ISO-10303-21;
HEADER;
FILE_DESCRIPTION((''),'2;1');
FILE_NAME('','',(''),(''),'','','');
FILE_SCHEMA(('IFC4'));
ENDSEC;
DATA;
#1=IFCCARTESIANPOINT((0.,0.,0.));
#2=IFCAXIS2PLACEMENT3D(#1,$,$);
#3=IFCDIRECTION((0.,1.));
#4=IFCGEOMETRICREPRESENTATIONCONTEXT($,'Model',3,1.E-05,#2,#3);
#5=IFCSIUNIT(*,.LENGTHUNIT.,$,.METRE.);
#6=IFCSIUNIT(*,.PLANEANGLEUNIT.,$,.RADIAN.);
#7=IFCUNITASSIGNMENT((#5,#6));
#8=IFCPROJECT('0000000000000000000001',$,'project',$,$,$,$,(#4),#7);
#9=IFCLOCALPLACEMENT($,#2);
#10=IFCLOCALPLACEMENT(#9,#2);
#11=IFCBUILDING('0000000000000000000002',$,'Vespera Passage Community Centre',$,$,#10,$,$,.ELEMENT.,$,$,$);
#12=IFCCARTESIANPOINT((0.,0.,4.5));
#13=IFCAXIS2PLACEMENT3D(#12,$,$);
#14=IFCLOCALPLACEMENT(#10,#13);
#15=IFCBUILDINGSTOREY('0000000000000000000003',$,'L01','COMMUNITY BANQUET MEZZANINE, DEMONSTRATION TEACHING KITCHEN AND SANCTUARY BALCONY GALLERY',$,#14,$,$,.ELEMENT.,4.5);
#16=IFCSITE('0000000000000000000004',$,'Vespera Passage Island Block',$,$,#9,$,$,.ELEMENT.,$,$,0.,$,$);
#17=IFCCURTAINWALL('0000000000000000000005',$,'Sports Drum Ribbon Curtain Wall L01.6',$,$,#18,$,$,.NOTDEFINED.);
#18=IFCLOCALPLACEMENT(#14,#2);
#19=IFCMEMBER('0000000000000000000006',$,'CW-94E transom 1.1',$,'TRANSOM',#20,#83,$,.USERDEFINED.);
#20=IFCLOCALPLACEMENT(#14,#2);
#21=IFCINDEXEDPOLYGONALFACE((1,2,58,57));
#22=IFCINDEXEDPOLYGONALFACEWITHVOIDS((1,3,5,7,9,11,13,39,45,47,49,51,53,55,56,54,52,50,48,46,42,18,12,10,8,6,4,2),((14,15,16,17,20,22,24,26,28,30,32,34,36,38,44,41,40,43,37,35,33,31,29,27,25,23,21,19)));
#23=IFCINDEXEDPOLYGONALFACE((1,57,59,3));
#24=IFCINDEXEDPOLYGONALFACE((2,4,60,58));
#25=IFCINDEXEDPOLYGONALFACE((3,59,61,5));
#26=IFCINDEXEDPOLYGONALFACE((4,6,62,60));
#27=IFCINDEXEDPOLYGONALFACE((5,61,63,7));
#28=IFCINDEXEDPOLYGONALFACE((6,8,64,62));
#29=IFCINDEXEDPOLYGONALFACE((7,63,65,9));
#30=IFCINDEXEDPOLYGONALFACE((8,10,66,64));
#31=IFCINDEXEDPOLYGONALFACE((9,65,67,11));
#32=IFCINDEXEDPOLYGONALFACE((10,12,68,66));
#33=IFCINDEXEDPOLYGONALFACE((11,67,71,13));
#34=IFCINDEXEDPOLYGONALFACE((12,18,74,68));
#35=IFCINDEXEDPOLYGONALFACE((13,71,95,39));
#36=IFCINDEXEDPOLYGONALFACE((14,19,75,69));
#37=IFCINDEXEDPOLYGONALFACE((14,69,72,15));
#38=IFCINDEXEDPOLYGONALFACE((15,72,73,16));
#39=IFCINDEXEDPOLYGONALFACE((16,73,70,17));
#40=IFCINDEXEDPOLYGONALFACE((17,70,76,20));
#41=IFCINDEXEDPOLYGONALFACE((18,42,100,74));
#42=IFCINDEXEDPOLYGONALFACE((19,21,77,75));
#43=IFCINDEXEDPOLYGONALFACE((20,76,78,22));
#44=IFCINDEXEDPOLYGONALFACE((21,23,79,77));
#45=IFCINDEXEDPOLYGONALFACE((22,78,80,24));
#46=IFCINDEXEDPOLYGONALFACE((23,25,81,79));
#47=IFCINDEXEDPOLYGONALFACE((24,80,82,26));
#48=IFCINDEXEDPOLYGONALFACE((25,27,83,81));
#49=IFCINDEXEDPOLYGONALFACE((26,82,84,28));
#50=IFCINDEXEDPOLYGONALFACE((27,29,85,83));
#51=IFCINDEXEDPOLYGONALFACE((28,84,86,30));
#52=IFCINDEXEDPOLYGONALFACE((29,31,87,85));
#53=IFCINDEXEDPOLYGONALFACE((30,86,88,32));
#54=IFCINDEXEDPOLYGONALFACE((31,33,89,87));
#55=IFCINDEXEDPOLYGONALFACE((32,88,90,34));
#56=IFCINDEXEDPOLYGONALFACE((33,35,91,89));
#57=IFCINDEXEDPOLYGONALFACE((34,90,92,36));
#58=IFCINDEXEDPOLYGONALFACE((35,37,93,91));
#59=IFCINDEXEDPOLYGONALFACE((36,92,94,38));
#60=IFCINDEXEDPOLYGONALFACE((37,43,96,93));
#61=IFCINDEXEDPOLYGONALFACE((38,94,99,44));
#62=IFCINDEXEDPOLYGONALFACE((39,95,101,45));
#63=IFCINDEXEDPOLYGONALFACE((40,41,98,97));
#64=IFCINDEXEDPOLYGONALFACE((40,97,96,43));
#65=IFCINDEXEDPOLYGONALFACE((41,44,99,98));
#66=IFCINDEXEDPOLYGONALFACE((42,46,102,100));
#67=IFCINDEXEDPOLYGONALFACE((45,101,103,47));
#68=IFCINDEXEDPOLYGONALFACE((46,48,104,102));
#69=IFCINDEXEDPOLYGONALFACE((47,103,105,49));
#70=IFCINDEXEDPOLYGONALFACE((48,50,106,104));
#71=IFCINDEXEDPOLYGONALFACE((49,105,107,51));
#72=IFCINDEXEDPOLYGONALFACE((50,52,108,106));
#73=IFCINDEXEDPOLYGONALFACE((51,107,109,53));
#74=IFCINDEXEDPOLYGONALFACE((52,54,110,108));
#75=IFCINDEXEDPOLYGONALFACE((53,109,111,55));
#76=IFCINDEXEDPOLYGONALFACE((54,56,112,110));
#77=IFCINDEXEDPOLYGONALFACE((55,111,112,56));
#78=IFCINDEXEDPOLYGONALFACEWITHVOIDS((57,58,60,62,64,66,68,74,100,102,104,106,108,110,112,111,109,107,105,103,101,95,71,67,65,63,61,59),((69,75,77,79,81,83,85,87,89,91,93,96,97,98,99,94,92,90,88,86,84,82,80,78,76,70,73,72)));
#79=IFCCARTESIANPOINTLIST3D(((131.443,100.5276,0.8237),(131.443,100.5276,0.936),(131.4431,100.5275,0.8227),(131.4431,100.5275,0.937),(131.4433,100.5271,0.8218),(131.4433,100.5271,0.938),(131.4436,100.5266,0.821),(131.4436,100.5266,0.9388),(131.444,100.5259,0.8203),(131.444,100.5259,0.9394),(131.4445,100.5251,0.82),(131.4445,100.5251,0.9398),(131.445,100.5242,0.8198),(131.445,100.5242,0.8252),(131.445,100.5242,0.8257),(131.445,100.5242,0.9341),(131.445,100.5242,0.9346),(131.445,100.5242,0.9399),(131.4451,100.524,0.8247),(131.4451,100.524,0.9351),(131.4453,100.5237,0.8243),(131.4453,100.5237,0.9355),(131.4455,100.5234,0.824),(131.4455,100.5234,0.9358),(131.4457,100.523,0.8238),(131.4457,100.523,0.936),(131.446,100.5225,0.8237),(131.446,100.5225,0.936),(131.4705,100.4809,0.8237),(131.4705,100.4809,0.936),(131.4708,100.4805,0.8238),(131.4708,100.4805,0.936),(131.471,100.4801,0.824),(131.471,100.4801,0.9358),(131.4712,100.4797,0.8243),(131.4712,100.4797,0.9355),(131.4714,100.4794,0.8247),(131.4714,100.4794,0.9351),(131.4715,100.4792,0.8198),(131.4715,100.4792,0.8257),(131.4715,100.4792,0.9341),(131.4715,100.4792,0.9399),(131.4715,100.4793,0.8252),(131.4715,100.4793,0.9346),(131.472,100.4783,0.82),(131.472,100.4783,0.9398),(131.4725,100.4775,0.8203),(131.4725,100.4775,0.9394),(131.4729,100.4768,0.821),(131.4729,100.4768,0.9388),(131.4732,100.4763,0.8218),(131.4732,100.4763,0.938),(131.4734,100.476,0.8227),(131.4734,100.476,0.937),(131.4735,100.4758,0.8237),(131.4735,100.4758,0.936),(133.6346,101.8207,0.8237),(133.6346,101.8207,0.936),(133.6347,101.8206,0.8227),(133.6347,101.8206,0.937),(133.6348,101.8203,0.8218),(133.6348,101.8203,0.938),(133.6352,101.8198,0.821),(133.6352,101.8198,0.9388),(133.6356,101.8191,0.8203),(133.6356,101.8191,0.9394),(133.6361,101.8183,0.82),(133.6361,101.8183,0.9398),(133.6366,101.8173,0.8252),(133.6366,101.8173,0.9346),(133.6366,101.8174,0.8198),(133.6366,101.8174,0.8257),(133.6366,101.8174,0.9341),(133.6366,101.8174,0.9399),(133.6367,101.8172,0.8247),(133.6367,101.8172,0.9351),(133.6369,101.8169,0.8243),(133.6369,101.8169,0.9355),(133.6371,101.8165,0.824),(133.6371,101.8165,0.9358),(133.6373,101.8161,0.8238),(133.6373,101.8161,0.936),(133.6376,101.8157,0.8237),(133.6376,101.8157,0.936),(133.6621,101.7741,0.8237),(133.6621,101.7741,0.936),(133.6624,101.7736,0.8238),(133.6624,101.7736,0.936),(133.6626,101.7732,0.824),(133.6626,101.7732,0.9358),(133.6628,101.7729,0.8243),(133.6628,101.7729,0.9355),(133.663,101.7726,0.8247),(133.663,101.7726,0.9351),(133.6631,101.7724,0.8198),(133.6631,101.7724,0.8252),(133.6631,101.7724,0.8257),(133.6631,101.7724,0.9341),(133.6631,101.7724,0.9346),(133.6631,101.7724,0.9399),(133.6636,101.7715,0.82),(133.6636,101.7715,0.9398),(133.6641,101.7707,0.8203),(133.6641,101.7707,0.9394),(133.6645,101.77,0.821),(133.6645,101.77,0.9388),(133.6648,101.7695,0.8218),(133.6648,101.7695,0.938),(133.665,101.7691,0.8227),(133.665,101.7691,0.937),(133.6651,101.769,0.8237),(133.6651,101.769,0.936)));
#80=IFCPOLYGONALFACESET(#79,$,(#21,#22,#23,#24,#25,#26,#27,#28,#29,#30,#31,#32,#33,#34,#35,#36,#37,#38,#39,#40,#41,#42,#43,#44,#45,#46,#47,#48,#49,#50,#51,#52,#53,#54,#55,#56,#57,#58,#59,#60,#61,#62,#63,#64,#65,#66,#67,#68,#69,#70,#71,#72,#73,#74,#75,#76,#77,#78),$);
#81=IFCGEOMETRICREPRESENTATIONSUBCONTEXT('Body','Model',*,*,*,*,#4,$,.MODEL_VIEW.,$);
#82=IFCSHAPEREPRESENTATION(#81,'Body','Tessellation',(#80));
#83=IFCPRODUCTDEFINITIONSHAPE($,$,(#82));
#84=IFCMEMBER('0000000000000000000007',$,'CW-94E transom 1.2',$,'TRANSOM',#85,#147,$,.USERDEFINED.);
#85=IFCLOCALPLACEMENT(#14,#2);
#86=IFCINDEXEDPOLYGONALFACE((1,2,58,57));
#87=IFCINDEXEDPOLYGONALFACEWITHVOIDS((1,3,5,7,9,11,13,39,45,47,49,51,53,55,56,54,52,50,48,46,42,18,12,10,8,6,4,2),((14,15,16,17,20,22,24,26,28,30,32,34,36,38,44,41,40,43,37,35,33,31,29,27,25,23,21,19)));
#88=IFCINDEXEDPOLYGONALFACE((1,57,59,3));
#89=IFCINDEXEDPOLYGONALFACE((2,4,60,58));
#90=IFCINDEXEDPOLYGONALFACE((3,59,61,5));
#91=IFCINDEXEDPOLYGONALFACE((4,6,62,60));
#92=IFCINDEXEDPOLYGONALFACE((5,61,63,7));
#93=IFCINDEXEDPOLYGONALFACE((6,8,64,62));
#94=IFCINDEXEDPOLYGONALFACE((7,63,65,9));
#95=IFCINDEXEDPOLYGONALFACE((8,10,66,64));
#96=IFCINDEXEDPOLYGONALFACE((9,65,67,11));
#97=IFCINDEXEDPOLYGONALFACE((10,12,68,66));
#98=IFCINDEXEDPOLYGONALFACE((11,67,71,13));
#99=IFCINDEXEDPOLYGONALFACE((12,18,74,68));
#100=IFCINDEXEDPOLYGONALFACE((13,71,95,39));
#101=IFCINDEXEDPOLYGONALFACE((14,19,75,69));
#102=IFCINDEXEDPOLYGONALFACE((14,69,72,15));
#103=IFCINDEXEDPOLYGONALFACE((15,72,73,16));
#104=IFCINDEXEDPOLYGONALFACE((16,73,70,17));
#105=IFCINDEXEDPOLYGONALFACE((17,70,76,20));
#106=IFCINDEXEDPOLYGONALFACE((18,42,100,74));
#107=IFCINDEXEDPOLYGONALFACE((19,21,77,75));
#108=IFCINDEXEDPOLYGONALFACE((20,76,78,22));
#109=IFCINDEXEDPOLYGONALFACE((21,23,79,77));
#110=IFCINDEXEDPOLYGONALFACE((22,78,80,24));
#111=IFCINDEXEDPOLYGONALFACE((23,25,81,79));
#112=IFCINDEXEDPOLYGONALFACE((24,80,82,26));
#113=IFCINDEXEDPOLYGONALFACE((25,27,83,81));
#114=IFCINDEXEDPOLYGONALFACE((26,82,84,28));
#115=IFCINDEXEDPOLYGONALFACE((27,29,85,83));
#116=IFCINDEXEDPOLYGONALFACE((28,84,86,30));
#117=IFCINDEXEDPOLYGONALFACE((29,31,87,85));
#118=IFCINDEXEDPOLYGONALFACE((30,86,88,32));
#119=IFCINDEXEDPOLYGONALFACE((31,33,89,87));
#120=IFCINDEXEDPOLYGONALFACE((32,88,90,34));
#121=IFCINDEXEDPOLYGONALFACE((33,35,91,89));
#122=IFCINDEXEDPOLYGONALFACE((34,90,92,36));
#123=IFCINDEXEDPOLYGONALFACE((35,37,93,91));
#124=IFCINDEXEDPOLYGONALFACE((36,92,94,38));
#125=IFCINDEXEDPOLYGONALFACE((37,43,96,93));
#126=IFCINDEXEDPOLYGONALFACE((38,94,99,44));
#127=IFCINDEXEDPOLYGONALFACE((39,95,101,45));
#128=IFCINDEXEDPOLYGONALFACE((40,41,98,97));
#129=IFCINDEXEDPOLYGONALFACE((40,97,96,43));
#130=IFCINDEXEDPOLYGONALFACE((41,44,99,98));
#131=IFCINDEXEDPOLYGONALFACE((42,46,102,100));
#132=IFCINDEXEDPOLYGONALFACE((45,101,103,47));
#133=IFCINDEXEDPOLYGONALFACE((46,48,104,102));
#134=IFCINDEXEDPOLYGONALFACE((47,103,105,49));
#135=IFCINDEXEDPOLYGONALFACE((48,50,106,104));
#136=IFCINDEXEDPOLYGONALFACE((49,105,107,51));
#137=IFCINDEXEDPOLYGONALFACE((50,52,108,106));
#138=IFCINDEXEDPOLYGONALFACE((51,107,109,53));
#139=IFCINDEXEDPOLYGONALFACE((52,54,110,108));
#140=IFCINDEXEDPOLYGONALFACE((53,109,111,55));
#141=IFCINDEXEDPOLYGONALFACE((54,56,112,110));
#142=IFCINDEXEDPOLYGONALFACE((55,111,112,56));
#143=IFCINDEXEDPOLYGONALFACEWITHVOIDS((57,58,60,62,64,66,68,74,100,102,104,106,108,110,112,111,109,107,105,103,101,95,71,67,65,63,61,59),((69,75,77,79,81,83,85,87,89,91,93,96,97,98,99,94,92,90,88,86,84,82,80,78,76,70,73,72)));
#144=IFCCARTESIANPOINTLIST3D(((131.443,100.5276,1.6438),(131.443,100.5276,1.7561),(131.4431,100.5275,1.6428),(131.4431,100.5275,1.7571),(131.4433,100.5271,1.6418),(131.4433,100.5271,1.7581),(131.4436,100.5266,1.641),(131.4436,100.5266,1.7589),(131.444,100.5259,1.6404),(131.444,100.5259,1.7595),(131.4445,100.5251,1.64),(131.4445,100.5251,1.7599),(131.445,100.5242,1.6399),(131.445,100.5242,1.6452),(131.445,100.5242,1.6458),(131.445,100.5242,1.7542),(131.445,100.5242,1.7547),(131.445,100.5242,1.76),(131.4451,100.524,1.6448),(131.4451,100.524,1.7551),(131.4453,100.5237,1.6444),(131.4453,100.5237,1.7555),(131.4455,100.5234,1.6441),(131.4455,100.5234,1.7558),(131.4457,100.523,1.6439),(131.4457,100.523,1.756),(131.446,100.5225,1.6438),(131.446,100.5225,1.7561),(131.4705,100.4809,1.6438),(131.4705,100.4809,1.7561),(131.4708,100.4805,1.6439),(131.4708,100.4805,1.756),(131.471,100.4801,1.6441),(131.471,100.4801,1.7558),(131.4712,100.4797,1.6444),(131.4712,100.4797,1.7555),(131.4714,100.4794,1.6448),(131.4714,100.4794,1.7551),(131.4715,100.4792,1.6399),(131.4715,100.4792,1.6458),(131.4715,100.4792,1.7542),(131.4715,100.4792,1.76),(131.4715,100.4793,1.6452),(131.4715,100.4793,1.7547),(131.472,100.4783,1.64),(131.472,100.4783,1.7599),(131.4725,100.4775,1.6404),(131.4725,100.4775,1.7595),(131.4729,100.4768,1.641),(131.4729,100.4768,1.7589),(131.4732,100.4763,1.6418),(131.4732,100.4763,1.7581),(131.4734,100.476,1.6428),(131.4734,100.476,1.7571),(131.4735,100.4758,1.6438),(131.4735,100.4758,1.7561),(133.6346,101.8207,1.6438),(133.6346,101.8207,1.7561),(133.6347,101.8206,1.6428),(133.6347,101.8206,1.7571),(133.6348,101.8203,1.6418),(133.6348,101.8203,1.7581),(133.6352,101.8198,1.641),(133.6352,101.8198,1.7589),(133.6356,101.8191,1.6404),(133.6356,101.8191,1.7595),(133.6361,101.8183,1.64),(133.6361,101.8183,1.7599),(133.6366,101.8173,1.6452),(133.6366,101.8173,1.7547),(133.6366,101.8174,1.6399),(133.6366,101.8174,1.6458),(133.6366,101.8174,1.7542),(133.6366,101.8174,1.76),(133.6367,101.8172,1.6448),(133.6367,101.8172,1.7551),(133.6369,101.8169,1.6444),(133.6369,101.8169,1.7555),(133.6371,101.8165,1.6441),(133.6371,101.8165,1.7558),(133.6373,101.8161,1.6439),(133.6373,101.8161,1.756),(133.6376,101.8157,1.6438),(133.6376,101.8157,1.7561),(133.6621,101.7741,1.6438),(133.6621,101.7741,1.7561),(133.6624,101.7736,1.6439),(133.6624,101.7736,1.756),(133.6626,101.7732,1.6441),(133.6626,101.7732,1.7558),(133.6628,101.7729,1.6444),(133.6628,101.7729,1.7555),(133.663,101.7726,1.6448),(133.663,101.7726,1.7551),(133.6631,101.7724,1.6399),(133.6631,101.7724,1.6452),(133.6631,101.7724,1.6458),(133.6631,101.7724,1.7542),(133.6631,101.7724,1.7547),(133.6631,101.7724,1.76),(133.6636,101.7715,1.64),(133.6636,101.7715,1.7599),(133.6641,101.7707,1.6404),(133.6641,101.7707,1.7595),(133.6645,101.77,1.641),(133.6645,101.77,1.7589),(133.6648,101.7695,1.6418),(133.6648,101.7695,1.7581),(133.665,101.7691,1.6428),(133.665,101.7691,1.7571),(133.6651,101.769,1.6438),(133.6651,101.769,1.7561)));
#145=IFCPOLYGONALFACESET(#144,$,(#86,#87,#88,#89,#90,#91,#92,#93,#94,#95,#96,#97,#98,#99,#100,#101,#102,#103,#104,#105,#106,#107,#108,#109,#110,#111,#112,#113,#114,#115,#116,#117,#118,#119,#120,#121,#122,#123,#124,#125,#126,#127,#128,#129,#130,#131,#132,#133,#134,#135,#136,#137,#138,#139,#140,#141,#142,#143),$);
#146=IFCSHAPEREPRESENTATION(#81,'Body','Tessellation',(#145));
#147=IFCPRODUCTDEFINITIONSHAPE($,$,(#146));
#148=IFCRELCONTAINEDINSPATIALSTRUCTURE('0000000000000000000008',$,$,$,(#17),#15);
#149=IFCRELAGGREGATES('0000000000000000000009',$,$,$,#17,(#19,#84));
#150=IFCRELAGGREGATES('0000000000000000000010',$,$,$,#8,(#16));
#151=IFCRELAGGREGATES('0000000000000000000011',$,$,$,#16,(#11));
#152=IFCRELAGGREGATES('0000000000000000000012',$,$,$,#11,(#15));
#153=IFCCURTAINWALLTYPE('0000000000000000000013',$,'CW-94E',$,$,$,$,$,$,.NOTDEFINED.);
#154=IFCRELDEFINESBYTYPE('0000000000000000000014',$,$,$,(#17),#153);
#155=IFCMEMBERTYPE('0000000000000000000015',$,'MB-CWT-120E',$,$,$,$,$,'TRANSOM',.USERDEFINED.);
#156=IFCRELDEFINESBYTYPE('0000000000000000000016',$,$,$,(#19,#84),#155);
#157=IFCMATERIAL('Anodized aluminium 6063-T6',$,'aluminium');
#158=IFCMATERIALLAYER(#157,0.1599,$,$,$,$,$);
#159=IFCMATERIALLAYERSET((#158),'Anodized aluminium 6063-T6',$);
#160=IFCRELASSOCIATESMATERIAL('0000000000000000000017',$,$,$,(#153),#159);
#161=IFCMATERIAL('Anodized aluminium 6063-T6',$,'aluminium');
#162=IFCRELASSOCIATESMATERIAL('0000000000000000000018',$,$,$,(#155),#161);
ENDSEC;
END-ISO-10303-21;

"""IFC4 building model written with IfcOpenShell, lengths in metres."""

from ifc_helpers import new_model, si_unit, direction, frame, origin, origin_2d, place, context, subcontext, project, spatial, hollow_rectangle, extrude, material, layer, layer_set, material_profile, profile_set, type_object, element, aggregate, save


model = new_model("IFC4")

# Units and contexts
model_context = context("Model", 3, precision=1e-05, world=origin(), true_north=direction((0.0, 1.0)))
body_context = subcontext(model_context, "Body", "Model", "MODEL_VIEW")
ifc_project = project(units=[si_unit("LENGTHUNIT", "METRE"), si_unit("PLANEANGLEUNIT", "RADIAN")], contexts=[model_context])

# Site, building, storey
site_placement = place(None, origin())
site = spatial("IfcSite", under=ifc_project, at=site_placement, Name="Vespera Passage Island Block", CompositionType="ELEMENT", RefElevation=0.0)
building_placement = place(site_placement, origin())
building = spatial("IfcBuilding", under=site, at=building_placement, Name="Vespera Passage Community Centre", CompositionType="ELEMENT")
storey_placement = place(building_placement, frame((0.0, 0.0, 4.5)))
storey = spatial("IfcBuildingStorey", under=building, at=storey_placement, Name="L01", Description="COMMUNITY BANQUET MEZZANINE, DEMONSTRATION TEACHING KITCHEN AND SANCTUARY BALCONY GALLERY", CompositionType="ELEMENT", Elevation=4.5)

# Curtain wall
ifc_material_1 = material(Name="Anodized aluminium 6063-T6", Category="aluminium")
ifc_layer_1 = layer(ifc_material_1, 0.1599)
ifc_layer_set_1 = layer_set([ifc_layer_1], Name="Anodized aluminium 6063-T6")
curtain_wall_type_1 = type_object("IfcCurtainWallType", Name="CW-94E", PredefinedType="NOTDEFINED", material=ifc_layer_set_1)
curtain_wall_1_placement = place(storey_placement, origin())
curtain_wall_1 = element("IfcCurtainWall", 1, at=curtain_wall_1_placement, inside=storey, type_object=curtain_wall_type_1, Name="Sports Drum Ribbon Curtain Wall L01.6", PredefinedType="NOTDEFINED")

# Members
ifc_material_2 = material(Name="Anodized aluminium 6063-T6", Category="aluminium")
ifc_material_profile_1 = material_profile(ifc_material_2, hollow_rectangle(XDim=0.0601, YDim=0.1201, WallThickness=0.0039, InnerFilletRadius=0.002, OuterFilletRadius=0.0039, at=origin_2d()), Name="ALU120X60X4")
ifc_profile_set_1 = profile_set([ifc_material_profile_1], Name="Anodized aluminium 6063-T6")
member_type_1 = type_object("IfcMemberType", Name="MB-CWT-120E", ElementType="TRANSOM", PredefinedType="USERDEFINED", material=ifc_profile_set_1)
member_1_placement = place(storey_placement, frame((131.4583, 100.5017, 0.8799), z_axis=(0.861245, 0.508189, 0.0), x_axis=(-0.508189, 0.861245, 0.0)))
member_1 = element("IfcMember", 2, at=member_1_placement, type_object=member_type_1, Name="CW-94E transom 1.1", ObjectType="TRANSOM", PredefinedType="USERDEFINED", context=body_context, shape_type="SweptSolid", body=[
    extrude(hollow_rectangle(XDim=0.0601, YDim=0.1201, WallThickness=0.0039, InnerFilletRadius=0.002, OuterFilletRadius=0.0039, at=origin_2d()), origin(), (0.0, 0.0, 1.0), 2.5447),
])
member_2_placement = place(storey_placement, frame((131.4583, 100.5017, 1.7), z_axis=(0.861245, 0.508189, 0.0), x_axis=(-0.508189, 0.861245, 0.0)))
member_2 = element("IfcMember", 3, at=member_2_placement, type_object=member_type_1, Name="CW-94E transom 1.2", ObjectType="TRANSOM", PredefinedType="USERDEFINED", context=body_context, shape_type="SweptSolid", body=[
    extrude(hollow_rectangle(XDim=0.0601, YDim=0.1201, WallThickness=0.0039, InnerFilletRadius=0.002, OuterFilletRadius=0.0039, at=origin_2d()), origin(), (0.0, 0.0, 1.0), 2.5447),
])

aggregate(curtain_wall_1, [member_1, member_2])

save(model, "model.ifc")
